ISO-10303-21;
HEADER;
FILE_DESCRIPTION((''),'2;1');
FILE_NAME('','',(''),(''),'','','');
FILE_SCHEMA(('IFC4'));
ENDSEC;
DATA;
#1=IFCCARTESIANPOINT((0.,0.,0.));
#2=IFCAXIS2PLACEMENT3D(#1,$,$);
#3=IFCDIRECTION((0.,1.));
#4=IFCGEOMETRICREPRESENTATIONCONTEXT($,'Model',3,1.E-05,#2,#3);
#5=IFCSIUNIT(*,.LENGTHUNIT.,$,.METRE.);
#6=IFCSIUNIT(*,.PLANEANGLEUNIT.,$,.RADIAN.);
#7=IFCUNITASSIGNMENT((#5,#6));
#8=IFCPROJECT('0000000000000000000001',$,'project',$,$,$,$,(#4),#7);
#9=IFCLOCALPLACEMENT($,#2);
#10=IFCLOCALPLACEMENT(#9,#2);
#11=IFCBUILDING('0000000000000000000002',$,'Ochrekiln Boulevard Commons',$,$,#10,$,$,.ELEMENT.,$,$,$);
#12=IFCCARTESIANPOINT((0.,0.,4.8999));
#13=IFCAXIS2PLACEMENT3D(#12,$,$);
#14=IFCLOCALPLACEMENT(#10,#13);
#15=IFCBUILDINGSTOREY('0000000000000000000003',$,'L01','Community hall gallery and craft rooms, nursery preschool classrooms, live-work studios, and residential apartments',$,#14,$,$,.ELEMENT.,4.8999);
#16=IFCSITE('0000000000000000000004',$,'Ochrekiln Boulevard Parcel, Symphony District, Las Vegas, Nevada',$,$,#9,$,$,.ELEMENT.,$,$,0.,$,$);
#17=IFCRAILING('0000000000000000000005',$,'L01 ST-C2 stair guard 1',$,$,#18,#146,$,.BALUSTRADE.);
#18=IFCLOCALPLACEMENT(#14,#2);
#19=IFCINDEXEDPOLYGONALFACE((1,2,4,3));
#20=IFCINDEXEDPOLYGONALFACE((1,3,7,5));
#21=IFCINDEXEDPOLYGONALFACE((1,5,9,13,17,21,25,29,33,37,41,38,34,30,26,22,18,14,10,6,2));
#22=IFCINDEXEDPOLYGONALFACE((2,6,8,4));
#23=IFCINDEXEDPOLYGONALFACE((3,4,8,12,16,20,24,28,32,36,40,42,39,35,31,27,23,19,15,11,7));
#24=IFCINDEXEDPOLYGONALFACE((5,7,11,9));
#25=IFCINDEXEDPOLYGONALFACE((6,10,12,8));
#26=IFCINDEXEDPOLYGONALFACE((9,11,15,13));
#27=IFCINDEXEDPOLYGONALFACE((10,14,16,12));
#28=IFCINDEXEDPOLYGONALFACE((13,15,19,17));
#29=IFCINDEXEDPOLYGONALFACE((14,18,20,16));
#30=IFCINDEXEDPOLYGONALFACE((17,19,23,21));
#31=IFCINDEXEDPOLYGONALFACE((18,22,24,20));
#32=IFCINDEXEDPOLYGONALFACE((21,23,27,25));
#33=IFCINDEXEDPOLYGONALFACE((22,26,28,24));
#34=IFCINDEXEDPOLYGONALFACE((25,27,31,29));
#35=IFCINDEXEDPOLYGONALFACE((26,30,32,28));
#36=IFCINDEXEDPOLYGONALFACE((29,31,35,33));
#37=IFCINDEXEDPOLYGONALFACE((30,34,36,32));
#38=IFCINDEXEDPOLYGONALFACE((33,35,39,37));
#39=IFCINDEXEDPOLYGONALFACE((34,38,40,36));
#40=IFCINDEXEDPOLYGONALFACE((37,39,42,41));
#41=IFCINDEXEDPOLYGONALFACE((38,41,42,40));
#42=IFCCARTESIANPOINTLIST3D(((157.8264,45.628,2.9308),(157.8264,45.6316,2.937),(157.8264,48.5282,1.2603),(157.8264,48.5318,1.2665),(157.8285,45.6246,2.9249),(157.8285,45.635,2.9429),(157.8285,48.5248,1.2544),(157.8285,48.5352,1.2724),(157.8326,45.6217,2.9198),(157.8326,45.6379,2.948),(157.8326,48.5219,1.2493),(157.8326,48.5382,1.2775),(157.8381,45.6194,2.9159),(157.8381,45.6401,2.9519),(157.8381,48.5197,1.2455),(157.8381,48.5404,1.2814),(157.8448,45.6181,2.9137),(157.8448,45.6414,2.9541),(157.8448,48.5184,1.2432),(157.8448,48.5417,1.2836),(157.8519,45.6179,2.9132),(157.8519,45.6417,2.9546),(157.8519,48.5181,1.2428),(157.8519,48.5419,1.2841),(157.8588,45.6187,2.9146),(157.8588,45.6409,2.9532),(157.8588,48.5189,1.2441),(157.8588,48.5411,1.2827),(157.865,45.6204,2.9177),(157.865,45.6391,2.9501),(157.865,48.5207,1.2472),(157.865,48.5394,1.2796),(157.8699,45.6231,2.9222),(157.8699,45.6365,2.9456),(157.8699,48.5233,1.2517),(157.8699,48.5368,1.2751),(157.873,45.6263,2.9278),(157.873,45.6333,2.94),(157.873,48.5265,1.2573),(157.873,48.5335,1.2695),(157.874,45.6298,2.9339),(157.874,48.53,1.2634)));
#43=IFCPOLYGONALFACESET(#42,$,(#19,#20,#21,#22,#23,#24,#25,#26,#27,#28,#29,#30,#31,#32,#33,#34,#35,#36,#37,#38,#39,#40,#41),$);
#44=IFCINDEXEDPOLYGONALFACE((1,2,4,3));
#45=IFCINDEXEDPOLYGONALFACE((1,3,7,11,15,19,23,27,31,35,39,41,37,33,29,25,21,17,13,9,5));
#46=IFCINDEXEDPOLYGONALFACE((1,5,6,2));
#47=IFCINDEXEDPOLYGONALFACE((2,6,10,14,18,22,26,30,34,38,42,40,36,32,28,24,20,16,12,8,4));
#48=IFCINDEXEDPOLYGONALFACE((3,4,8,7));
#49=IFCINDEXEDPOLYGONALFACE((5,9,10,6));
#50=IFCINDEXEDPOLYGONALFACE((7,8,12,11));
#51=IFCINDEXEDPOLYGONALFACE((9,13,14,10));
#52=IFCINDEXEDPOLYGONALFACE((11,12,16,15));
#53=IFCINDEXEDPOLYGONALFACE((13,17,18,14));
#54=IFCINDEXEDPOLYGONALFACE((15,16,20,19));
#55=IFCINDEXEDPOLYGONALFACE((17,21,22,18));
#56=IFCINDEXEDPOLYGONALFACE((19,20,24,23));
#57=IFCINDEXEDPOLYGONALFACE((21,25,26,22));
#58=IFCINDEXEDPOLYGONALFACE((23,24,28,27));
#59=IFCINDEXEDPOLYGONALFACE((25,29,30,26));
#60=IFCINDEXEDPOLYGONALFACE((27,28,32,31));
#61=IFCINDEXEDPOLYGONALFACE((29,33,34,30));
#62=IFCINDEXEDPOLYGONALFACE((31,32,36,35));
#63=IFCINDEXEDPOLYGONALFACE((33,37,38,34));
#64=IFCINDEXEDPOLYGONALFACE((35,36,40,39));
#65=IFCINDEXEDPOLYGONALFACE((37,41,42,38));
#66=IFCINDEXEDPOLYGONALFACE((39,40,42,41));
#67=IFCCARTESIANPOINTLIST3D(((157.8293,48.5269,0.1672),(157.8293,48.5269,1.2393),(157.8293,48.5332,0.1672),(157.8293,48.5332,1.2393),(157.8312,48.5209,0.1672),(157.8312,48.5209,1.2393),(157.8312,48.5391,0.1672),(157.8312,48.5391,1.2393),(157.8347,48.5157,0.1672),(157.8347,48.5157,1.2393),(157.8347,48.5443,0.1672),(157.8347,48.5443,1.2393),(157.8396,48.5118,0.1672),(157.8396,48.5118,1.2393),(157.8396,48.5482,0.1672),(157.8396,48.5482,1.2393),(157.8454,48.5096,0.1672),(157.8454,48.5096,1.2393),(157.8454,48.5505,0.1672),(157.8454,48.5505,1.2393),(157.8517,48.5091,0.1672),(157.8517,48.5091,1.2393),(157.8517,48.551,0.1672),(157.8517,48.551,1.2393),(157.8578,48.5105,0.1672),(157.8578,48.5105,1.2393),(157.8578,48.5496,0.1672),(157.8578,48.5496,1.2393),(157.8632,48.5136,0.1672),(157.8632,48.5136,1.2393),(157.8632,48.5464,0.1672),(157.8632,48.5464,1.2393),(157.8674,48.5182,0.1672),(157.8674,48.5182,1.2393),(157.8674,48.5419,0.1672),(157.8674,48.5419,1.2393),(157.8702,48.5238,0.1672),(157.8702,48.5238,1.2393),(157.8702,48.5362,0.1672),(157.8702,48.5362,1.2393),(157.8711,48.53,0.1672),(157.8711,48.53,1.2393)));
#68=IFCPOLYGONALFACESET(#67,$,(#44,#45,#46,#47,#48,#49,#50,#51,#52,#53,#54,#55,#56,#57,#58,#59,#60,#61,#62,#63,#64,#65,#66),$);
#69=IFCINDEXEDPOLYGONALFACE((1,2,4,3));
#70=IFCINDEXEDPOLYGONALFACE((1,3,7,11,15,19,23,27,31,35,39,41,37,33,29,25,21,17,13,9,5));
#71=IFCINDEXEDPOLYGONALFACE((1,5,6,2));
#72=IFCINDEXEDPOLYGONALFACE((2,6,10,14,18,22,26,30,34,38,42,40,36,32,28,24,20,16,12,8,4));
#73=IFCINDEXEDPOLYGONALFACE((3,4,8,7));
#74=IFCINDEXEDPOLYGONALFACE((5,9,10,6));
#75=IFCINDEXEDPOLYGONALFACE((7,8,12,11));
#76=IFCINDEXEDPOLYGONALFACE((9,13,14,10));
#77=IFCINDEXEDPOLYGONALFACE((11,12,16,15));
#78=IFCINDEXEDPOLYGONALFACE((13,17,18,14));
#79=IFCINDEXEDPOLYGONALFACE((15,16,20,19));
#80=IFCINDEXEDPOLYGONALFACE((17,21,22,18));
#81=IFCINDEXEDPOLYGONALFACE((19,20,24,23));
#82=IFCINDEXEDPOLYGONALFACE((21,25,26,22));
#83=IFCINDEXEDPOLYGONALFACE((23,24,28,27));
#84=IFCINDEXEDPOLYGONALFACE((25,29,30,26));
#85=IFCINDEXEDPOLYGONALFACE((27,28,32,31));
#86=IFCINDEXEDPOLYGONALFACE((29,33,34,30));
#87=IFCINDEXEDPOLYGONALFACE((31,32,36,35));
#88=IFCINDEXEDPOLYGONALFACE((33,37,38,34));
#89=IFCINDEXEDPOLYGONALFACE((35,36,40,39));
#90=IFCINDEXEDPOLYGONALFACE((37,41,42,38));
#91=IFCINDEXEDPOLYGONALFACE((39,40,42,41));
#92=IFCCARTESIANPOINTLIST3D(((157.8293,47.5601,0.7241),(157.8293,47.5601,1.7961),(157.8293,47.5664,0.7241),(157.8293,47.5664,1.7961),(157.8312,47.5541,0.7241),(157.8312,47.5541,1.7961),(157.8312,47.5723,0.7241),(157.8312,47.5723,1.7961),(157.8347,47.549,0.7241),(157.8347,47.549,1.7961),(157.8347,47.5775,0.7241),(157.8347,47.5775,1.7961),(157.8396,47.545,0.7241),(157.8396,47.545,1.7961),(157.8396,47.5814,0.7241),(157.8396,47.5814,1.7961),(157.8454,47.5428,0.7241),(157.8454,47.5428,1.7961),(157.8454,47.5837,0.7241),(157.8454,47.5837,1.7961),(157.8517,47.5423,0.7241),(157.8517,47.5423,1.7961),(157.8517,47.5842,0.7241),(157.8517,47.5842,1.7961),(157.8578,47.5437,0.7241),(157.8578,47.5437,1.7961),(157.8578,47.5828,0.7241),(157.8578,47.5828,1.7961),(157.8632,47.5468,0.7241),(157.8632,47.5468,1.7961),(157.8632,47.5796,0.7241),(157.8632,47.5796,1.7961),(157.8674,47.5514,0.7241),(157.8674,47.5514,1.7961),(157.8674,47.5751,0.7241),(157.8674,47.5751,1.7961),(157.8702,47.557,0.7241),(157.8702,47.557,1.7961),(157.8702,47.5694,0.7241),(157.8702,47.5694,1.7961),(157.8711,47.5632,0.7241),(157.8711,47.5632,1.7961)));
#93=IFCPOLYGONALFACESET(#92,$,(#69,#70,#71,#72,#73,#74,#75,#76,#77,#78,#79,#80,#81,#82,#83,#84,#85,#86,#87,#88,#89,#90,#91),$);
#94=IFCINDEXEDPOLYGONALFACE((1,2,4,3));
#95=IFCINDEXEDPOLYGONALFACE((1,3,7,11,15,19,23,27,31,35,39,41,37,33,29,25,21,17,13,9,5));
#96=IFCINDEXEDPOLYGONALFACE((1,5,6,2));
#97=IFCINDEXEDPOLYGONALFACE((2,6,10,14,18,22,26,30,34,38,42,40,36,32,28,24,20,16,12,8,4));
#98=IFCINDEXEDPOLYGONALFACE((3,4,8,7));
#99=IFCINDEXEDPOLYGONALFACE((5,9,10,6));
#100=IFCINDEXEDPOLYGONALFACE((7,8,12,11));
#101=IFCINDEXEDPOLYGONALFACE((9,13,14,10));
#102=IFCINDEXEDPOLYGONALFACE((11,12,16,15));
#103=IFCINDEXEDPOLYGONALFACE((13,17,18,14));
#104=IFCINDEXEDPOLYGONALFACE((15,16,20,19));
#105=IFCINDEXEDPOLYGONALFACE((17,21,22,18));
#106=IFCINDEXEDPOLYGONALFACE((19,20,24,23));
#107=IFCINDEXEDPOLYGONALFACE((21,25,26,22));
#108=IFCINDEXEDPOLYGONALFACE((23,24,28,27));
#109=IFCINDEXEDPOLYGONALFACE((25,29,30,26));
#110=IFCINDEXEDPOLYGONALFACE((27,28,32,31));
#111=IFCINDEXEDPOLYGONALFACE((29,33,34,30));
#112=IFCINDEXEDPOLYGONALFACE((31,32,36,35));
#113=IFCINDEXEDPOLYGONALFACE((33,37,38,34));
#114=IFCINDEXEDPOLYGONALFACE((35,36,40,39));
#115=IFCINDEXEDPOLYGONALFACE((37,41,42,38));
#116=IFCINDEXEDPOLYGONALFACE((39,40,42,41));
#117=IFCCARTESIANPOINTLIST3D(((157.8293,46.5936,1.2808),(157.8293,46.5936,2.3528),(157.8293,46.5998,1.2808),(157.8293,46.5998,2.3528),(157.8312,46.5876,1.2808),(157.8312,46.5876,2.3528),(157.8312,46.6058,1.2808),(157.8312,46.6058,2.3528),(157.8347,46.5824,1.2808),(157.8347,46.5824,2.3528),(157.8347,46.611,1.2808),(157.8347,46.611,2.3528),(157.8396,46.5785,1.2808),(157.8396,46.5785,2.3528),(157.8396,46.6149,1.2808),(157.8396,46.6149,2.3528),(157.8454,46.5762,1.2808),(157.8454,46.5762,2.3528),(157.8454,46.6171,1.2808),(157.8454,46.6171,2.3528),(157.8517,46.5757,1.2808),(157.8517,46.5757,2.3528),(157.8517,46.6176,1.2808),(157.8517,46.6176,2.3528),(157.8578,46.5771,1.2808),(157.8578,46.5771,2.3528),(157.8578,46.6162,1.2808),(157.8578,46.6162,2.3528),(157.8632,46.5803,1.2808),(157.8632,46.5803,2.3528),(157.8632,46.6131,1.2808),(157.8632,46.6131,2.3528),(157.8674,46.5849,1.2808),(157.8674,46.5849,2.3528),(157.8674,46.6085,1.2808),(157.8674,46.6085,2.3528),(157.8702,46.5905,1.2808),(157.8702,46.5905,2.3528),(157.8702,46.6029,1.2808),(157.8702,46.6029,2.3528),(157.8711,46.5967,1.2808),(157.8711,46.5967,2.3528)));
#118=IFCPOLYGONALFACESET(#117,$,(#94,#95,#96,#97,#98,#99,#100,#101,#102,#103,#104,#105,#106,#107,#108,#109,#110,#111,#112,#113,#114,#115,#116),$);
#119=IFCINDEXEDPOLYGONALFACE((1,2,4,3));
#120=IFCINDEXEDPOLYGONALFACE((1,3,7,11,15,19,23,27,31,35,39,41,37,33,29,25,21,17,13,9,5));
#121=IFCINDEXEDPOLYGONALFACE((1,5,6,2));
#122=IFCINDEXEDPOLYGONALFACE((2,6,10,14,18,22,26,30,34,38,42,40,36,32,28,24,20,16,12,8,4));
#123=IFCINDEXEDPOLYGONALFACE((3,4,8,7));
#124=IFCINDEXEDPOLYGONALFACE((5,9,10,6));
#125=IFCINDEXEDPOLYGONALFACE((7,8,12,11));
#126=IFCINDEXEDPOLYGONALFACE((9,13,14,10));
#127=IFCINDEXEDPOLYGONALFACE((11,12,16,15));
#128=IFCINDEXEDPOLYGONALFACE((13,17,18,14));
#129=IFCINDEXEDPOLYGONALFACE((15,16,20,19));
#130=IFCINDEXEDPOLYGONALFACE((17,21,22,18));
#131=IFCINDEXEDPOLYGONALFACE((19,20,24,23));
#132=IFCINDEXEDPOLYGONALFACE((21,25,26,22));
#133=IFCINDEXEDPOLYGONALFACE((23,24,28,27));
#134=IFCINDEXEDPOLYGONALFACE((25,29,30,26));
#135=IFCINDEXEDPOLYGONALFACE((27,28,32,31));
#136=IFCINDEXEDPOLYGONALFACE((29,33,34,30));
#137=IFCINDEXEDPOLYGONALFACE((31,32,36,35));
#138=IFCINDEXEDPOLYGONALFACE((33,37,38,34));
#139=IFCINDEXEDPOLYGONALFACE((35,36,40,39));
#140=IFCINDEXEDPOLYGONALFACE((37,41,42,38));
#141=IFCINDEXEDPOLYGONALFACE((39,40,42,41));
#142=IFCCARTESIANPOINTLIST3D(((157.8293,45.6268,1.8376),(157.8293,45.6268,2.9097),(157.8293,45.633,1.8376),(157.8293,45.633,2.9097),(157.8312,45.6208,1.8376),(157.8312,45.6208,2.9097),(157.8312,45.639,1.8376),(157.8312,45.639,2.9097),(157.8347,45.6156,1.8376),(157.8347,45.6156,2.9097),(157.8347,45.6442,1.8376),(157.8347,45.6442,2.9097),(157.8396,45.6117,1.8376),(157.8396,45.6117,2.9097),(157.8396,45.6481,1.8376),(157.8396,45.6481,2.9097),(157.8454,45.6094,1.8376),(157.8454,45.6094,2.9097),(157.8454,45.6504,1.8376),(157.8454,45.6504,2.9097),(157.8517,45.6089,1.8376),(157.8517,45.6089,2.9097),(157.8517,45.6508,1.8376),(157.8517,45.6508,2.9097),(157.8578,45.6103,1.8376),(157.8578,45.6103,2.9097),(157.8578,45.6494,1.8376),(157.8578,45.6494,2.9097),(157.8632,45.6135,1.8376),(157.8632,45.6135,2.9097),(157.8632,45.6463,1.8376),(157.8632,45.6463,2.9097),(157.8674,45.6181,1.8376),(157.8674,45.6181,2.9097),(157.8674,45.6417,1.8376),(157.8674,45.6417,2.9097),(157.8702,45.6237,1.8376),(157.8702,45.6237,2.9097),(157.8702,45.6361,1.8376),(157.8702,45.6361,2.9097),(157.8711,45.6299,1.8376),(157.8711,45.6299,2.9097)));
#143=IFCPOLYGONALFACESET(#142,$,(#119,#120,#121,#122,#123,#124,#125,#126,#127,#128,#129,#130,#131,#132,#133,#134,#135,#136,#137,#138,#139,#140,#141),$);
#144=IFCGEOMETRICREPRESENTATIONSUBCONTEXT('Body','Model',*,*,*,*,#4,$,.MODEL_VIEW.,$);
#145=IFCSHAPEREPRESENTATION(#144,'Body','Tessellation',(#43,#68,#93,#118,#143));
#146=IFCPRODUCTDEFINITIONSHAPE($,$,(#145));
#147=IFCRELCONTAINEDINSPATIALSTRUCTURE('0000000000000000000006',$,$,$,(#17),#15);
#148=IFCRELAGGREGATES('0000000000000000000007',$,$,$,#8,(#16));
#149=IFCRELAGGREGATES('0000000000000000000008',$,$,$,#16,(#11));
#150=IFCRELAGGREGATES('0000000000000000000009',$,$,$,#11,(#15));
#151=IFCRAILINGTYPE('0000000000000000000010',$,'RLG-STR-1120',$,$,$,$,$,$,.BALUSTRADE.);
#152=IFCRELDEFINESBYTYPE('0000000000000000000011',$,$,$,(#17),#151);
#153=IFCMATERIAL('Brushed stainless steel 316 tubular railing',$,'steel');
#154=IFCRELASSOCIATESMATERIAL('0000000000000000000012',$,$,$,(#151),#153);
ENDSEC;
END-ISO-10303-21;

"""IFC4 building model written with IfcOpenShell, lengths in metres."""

from ifc_helpers import new_model, si_unit, direction, frame, origin, origin_2d, place, context, subcontext, project, spatial, circle, extrude, material, type_object, element, save


model = new_model("IFC4")

# Units and contexts
model_context = context("Model", 3, precision=1e-05, world=origin(), true_north=direction((0.0, 1.0)))
body_context = subcontext(model_context, "Body", "Model", "MODEL_VIEW")
ifc_project = project(units=[si_unit("LENGTHUNIT", "METRE"), si_unit("PLANEANGLEUNIT", "RADIAN")], contexts=[model_context])

# Site, building, storey
site_placement = place(None, origin())
site = spatial("IfcSite", under=ifc_project, at=site_placement, Name="Ochrekiln Boulevard Parcel, Symphony District, Las Vegas, Nevada", CompositionType="ELEMENT", RefElevation=0.0)
building_placement = place(site_placement, origin())
building = spatial("IfcBuilding", under=site, at=building_placement, Name="Ochrekiln Boulevard Commons", CompositionType="ELEMENT")
storey_placement = place(building_placement, frame((0.0, 0.0, 4.8999)))
storey = spatial("IfcBuildingStorey", under=building, at=storey_placement, Name="L01", Description="Community hall gallery and craft rooms, nursery preschool classrooms, live-work studios, and residential apartments", CompositionType="ELEMENT", Elevation=4.8999)

# Railing
ifc_material_1 = material(Name="Brushed stainless steel 316 tubular railing", Category="steel")
railing_type_1 = type_object("IfcRailingType", Name="RLG-STR-1120", PredefinedType="BALUSTRADE", material=ifc_material_1)
railing_1_placement = place(storey_placement, frame((157.8501, 48.53, 0.1672)))
element("IfcRailing", 1, at=railing_1_placement, inside=storey, type_object=railing_type_1, Name="L01 ST-C2 stair guard 1", PredefinedType="BALUSTRADE", context=body_context, shape_type="SweptSolid", body=[
    extrude(circle(Radius=0.0239, at=origin_2d()), frame((0.0, 0.0, 1.0962), z_axis=(0.0, -0.866541, 0.499106), x_axis=(1.0, 0.0, 0.0)), (0.0, 0.0, 1.0), 3.3469),
    extrude(circle(Radius=0.021, at=origin_2d()), origin(), (0.0, 0.0, 1.0), 1.072),
    extrude(circle(Radius=0.021, at=origin_2d()), frame((0.0, -0.9668, 0.5569)), (0.0, 0.0, 1.0), 1.072),
    extrude(circle(Radius=0.021, at=origin_2d()), frame((0.0, -1.9333, 1.1135)), (0.0, 0.0, 1.0), 1.072),
    extrude(circle(Radius=0.021, at=origin_2d()), frame((0.0, -2.9001, 1.6704)), (0.0, 0.0, 1.0), 1.072),
])

save(model, "model.ifc")
